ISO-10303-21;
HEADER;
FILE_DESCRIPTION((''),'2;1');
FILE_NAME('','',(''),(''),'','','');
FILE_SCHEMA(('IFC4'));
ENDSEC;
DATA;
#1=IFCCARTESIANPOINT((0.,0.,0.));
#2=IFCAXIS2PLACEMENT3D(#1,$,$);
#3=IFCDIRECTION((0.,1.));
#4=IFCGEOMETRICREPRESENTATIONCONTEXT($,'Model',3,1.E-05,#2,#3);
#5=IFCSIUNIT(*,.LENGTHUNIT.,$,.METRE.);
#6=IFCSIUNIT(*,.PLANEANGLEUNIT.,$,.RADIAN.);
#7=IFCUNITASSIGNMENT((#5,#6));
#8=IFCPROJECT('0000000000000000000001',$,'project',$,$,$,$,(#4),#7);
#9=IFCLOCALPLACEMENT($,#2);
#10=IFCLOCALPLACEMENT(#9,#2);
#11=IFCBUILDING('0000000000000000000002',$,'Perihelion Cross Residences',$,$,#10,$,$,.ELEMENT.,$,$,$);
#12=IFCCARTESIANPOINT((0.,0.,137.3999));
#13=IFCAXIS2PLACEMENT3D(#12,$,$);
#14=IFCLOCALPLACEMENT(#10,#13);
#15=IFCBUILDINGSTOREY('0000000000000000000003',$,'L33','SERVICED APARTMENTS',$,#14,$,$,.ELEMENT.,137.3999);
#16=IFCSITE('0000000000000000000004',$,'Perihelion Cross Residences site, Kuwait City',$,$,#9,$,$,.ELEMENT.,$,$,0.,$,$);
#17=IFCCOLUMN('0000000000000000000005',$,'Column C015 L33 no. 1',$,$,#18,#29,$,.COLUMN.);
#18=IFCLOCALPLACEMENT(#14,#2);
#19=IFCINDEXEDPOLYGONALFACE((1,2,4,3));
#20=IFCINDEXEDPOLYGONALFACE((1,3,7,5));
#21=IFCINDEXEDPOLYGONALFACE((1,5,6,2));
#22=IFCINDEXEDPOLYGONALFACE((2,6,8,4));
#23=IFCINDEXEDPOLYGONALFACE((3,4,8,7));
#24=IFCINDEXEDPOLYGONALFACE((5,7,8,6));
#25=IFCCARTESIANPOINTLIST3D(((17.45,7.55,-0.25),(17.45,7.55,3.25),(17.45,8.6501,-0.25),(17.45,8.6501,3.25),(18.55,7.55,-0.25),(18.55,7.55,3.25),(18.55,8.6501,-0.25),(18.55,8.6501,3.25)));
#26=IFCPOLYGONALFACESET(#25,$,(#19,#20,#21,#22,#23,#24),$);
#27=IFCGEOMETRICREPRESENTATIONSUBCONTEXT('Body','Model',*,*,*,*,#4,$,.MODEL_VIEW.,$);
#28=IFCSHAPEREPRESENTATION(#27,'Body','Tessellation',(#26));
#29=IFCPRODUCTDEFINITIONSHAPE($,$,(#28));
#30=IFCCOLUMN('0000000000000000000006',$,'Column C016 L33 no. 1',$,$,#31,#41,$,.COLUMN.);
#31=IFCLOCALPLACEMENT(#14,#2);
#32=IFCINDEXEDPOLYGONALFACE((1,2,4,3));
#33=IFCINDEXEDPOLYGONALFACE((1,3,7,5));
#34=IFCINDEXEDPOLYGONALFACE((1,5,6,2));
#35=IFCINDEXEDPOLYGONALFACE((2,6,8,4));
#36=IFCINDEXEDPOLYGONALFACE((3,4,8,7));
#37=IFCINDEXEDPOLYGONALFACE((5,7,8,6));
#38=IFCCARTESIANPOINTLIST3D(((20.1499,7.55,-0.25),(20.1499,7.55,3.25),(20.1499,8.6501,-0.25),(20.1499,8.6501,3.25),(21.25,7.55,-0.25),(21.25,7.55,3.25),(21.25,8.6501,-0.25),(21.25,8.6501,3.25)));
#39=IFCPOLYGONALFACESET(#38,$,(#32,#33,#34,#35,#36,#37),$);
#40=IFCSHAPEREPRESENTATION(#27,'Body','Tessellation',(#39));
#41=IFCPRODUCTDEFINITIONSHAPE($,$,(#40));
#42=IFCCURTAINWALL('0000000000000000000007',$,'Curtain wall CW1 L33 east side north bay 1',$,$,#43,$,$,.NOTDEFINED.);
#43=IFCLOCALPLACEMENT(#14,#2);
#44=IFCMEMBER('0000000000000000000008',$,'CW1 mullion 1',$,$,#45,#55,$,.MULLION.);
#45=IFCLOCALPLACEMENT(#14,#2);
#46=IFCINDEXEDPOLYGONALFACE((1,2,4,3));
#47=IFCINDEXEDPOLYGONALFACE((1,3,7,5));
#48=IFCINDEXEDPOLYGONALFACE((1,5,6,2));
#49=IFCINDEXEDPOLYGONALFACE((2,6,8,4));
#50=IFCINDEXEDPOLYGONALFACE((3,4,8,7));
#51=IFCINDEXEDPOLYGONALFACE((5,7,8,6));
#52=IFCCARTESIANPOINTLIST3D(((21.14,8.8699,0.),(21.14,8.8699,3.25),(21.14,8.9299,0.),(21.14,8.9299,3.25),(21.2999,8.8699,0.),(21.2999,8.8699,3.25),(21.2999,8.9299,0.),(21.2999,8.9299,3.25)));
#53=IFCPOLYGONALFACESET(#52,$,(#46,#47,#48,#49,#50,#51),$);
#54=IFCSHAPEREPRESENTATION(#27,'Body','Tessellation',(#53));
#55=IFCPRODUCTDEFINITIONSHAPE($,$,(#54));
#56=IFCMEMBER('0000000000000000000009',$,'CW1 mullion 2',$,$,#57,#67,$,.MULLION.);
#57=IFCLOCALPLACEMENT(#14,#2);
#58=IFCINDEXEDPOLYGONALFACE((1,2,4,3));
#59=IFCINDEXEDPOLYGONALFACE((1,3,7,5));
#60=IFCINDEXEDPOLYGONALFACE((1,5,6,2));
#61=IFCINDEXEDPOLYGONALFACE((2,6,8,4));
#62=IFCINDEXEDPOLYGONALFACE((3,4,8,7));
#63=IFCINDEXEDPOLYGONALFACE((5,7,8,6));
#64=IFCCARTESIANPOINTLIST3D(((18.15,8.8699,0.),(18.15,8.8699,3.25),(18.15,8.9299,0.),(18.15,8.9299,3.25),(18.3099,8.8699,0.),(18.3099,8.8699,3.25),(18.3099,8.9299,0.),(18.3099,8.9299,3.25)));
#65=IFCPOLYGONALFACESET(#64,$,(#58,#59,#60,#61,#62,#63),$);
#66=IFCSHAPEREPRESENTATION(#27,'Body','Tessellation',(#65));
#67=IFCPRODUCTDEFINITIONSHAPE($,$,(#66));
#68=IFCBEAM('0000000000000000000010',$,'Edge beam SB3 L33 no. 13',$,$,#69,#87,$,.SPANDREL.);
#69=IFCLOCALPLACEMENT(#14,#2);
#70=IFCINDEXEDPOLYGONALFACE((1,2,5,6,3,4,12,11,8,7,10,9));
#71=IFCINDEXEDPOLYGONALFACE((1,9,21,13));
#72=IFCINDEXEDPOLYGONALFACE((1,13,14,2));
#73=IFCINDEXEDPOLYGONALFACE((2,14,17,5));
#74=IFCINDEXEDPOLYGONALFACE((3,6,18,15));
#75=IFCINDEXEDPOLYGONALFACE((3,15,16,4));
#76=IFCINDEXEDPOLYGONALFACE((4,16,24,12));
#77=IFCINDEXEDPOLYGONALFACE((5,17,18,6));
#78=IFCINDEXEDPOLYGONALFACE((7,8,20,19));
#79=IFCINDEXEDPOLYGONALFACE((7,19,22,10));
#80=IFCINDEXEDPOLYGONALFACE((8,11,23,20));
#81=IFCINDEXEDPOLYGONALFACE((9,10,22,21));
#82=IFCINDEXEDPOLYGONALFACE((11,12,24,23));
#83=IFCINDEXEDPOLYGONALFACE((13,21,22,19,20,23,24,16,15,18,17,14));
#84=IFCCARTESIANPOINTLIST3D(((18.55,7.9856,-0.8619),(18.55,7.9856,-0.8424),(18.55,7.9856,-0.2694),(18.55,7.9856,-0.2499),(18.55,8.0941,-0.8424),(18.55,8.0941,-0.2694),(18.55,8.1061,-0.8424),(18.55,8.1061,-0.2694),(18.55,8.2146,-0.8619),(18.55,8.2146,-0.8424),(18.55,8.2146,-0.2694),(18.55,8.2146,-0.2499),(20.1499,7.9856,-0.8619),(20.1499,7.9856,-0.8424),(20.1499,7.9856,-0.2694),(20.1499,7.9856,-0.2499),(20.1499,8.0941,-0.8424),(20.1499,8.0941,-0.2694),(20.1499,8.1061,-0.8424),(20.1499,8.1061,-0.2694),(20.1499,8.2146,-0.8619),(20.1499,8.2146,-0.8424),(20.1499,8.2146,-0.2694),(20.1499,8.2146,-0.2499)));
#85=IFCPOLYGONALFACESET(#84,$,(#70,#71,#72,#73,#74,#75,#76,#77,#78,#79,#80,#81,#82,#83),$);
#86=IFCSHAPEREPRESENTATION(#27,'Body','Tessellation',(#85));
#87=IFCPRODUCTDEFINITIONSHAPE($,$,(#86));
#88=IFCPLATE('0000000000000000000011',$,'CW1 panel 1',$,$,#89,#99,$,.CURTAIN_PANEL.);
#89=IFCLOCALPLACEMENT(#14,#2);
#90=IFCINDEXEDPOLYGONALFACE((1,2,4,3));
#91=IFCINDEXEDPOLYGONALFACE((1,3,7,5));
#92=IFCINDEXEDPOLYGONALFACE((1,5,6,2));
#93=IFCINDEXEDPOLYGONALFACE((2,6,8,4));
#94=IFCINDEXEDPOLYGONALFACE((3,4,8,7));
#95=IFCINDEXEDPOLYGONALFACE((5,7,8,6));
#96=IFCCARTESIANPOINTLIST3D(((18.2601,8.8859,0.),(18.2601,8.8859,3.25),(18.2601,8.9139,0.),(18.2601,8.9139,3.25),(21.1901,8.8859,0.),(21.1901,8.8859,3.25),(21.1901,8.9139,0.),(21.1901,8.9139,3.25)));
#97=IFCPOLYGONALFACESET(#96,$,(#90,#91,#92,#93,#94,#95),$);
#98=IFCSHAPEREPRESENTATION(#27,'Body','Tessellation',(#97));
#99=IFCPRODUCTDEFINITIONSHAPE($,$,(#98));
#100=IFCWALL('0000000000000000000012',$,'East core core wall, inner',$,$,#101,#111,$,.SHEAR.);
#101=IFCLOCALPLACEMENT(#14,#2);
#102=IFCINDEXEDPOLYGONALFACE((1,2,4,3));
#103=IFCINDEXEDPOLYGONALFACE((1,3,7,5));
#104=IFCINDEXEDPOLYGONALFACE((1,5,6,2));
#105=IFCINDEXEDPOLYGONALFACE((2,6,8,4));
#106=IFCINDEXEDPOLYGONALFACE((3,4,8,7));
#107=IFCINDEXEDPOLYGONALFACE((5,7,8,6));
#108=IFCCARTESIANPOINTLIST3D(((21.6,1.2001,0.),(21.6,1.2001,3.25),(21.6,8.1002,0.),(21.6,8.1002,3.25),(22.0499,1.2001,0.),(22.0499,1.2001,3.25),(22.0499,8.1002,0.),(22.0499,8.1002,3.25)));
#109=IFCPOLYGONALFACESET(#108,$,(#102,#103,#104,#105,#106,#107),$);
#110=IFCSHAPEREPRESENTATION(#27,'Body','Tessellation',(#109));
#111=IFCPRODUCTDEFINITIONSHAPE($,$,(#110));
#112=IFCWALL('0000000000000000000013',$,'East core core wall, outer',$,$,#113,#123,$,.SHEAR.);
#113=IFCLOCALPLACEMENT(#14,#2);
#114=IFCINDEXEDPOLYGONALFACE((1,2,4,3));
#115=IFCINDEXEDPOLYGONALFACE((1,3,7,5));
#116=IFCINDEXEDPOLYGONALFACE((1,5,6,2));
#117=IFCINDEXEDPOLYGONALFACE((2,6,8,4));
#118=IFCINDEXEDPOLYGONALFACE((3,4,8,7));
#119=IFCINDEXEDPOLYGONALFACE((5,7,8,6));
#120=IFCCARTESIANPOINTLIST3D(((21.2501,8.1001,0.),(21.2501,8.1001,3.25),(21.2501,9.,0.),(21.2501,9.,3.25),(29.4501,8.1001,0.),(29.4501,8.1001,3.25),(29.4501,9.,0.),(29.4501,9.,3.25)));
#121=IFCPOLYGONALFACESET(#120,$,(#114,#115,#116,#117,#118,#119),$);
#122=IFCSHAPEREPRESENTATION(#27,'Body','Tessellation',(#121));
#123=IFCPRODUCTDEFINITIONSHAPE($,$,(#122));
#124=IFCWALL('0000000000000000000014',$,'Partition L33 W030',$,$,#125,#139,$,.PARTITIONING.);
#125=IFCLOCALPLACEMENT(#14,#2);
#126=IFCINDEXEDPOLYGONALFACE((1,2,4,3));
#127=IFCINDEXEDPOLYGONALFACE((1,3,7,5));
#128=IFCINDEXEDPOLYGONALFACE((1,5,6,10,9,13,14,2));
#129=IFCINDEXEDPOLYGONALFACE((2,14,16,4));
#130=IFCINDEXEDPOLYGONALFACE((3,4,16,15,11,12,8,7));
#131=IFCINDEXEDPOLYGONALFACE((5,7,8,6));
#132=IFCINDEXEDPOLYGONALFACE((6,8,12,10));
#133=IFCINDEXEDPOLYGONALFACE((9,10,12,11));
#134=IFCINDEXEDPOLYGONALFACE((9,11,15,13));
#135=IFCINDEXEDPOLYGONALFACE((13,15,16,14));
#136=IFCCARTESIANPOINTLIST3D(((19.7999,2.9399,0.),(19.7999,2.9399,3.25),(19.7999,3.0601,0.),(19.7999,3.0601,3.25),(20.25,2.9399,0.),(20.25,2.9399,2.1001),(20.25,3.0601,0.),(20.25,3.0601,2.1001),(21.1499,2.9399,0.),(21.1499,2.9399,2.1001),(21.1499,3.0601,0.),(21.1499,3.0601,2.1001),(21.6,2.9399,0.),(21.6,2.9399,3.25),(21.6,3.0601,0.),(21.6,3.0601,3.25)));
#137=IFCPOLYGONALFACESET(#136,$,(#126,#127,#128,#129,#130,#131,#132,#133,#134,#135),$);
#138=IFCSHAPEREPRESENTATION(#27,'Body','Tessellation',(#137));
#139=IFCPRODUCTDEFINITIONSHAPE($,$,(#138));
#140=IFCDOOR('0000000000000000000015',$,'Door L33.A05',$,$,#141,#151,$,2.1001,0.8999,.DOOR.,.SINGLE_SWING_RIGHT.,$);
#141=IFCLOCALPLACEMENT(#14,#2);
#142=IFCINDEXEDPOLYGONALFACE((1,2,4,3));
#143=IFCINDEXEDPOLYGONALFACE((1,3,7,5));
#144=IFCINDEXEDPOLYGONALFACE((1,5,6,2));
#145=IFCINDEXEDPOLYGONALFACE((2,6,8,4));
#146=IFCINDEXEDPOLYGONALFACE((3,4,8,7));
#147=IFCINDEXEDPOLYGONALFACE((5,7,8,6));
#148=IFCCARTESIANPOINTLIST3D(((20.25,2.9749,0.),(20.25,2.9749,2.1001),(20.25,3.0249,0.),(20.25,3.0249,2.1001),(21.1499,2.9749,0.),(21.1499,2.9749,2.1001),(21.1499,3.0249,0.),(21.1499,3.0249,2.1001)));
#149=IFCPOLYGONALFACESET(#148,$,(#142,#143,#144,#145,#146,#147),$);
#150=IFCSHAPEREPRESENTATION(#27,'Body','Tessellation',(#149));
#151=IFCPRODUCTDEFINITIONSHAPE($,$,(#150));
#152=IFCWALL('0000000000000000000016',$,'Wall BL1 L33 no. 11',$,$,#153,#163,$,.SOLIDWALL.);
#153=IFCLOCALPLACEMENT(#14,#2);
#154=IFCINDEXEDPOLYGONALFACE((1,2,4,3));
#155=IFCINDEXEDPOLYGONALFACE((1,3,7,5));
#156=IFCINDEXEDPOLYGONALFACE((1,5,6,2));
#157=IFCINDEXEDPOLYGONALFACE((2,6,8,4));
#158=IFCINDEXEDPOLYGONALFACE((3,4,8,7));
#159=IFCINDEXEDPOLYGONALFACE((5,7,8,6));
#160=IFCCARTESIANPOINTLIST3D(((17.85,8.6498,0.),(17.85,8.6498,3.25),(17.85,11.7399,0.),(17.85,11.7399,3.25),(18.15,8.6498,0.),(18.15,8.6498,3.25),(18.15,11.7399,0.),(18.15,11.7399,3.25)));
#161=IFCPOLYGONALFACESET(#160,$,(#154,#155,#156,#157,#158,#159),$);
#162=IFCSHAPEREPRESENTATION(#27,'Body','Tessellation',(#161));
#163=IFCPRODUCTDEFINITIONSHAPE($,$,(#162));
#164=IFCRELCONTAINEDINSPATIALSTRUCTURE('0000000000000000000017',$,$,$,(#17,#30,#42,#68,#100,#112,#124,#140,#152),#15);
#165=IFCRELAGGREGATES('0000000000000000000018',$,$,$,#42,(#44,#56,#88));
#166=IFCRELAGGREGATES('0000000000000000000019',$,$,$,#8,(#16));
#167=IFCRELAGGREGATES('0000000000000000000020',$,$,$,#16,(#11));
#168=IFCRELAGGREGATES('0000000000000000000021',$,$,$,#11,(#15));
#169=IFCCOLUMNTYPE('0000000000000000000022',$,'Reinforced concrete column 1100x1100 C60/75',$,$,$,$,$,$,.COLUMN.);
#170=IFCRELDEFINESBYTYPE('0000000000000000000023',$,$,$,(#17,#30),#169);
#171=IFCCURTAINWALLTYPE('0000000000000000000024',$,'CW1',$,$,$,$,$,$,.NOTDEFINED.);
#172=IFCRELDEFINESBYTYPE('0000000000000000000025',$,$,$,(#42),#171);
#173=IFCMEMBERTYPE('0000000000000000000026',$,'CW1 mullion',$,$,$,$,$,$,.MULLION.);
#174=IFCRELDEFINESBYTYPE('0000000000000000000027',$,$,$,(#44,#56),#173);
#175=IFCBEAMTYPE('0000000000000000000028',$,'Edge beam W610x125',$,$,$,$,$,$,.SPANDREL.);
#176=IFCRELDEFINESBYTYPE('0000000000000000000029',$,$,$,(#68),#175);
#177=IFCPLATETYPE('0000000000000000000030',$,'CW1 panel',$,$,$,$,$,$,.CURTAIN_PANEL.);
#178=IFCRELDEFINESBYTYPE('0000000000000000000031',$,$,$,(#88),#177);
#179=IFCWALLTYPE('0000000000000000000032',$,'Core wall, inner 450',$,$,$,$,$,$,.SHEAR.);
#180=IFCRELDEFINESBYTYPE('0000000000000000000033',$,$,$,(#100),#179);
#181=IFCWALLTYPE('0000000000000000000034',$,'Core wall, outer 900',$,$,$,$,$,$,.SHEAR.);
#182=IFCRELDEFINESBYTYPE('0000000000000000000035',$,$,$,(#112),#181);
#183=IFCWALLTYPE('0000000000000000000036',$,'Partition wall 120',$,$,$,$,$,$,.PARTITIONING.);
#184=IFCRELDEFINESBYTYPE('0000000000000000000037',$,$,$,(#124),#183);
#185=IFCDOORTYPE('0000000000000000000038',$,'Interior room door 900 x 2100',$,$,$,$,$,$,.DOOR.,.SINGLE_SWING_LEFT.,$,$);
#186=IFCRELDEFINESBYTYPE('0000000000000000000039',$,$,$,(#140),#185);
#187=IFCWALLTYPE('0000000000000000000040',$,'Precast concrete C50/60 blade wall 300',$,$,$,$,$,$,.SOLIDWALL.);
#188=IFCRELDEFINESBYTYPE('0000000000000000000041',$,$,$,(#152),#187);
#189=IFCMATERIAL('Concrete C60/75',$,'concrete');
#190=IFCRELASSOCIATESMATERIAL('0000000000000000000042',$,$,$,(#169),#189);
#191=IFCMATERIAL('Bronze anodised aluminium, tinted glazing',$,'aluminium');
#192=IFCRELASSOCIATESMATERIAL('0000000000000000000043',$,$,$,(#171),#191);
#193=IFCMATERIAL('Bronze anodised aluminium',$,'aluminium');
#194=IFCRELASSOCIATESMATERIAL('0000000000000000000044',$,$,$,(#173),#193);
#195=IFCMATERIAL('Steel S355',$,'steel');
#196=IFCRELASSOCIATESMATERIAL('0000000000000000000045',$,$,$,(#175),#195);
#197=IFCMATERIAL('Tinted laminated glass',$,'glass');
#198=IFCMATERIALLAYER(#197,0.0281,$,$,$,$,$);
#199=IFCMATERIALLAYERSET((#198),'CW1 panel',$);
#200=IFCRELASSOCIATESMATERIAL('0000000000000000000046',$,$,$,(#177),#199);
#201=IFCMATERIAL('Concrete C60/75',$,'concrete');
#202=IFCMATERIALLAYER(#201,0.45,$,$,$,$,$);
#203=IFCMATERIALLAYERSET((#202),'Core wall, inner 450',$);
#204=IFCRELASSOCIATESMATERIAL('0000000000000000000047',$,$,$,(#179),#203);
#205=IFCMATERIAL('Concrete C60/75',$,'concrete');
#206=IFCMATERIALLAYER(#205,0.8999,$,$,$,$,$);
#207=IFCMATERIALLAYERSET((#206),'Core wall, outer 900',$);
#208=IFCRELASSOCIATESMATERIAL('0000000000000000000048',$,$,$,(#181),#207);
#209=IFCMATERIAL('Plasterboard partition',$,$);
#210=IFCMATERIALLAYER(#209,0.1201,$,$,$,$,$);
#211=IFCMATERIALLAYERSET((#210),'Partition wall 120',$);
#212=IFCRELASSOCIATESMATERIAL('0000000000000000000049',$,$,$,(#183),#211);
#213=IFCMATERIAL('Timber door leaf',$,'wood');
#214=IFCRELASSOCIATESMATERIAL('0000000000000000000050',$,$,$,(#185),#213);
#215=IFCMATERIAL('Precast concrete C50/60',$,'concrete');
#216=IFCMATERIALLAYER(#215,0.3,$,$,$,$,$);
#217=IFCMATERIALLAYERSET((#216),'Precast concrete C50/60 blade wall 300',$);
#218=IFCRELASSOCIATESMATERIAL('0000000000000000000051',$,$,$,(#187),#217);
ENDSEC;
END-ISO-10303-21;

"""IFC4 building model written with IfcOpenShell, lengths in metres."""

from ifc_helpers import new_model, si_unit, direction, frame, frame_2d, origin, origin_2d, place, context, subcontext, project, spatial, rectangle, i_section, extrude, material, layer, layer_set, material_profile, profile_set, type_object, element, fill, aggregate, save


model = new_model("IFC4")

# Units and contexts
model_context = context("Model", 3, precision=1e-05, world=origin(), true_north=direction((0.0, 1.0)))
body_context = subcontext(model_context, "Body", "Model", "MODEL_VIEW")
ifc_project = project(units=[si_unit("LENGTHUNIT", "METRE"), si_unit("PLANEANGLEUNIT", "RADIAN")], contexts=[model_context])

# Site, building, storey
site_placement = place(None, origin())
site = spatial("IfcSite", under=ifc_project, at=site_placement, Name="Perihelion Cross Residences site, Kuwait City", CompositionType="ELEMENT", RefElevation=0.0)
building_placement = place(site_placement, origin())
building = spatial("IfcBuilding", under=site, at=building_placement, Name="Perihelion Cross Residences", CompositionType="ELEMENT")
storey_placement = place(building_placement, frame((0.0, 0.0, 137.3999)))
storey = spatial("IfcBuildingStorey", under=building, at=storey_placement, Name="L33", Description="SERVICED APARTMENTS", CompositionType="ELEMENT", Elevation=137.3999)

# Columns
ifc_material_1 = material(Name="Concrete C60/75", Category="concrete")
ifc_material_profile_1 = material_profile(ifc_material_1, rectangle(XDim=1.1001, YDim=1.1001, at=origin_2d()), Name="RC 1100x1100")
ifc_profile_set_1 = profile_set([ifc_material_profile_1], Name="Concrete C60/75")
column_type = type_object("IfcColumnType", Name="Reinforced concrete column 1100x1100 C60/75", PredefinedType="COLUMN", material=ifc_profile_set_1)
for number, where, z_axis, x_axis, name in (
    (1, (18.0, 8.1001, -0.25), (0.0, 0.0, 1.0), (1.0, 0.0, 0.0), "Column C015 L33 no. 1"),
    (2, (20.7, 8.1001, -0.25), (0.0, 0.0, 1.0), (1.0, 0.0, 0.0), "Column C016 L33 no. 1"),
):
    element("IfcColumn", number, at=place(storey_placement, frame(where, z_axis=z_axis, x_axis=x_axis)), inside=storey, type_object=column_type, Name=name, PredefinedType="COLUMN", context=body_context, shape_type="SweptSolid", body=[
        extrude(rectangle(XDim=1.1001, YDim=1.1001, at=origin_2d()), origin(), (0.0, 0.0, 1.0), 3.5),
    ])

# Curtain wall, members
ifc_material_2 = material(Name="Bronze anodised aluminium, tinted glazing", Category="aluminium")
curtain_wall_type = type_object("IfcCurtainWallType", Name="CW1", PredefinedType="NOTDEFINED", material=ifc_material_2)
curtain_wall_placement = place(storey_placement, origin())
curtain_wall = element("IfcCurtainWall", 3, at=curtain_wall_placement, inside=storey, type_object=curtain_wall_type, Name="Curtain wall CW1 L33 east side north bay 1", PredefinedType="NOTDEFINED")
ifc_material_3 = material(Name="Bronze anodised aluminium", Category="aluminium")
ifc_material_profile_2 = material_profile(ifc_material_3, rectangle(XDim=0.0601, YDim=0.1599, at=origin_2d()), Name="CW1 mullion")
ifc_profile_set_2 = profile_set([ifc_material_profile_2], Name="Bronze anodised aluminium")
member_type = type_object("IfcMemberType", Name="CW1 mullion", PredefinedType="MULLION", material=ifc_profile_set_2)
member_1_placement = place(storey_placement, frame((21.22, 8.8999, 0.0), z_axis=(0.0, 0.0, 1.0), x_axis=(0.0, -1.0, 0.0)))
member_1 = element("IfcMember", 4, at=member_1_placement, type_object=member_type, Name="CW1 mullion 1", PredefinedType="MULLION", context=body_context, shape_type="SweptSolid", body=[
    extrude(rectangle(XDim=0.0601, YDim=0.1599, at=origin_2d()), origin(), (0.0, 0.0, 1.0), 3.25),
])
member_2_placement = place(storey_placement, frame((18.23, 8.8999, 0.0), z_axis=(0.0, 0.0, 1.0), x_axis=(0.0, -1.0, 0.0)))
member_2 = element("IfcMember", 5, at=member_2_placement, type_object=member_type, Name="CW1 mullion 2", PredefinedType="MULLION", context=body_context, shape_type="SweptSolid", body=[
    extrude(rectangle(XDim=0.0601, YDim=0.1599, at=origin_2d()), origin(), (0.0, 0.0, 1.0), 3.25),
])

# Beam
ifc_material_4 = material(Name="Steel S355", Category="steel")
ifc_material_profile_3 = material_profile(ifc_material_4, i_section(OverallWidth=0.229, OverallDepth=0.6121, WebThickness=0.012, FlangeThickness=0.0195, at=origin_2d()), Name="W610x125")
ifc_profile_set_3 = profile_set([ifc_material_profile_3], Name="Steel S355")
beam_type = type_object("IfcBeamType", Name="Edge beam W610x125", PredefinedType="SPANDREL", material=ifc_profile_set_3)
beam_placement = place(storey_placement, frame((20.1499, 8.1001, -0.5559), z_axis=(-1.0, 0.0, 0.0), x_axis=(0.0, -1.0, 0.0)))
element("IfcBeam", 6, at=beam_placement, inside=storey, type_object=beam_type, Name="Edge beam SB3 L33 no. 13", PredefinedType="SPANDREL", context=body_context, shape_type="SweptSolid", body=[
    extrude(i_section(OverallWidth=0.229, OverallDepth=0.6121, WebThickness=0.012, FlangeThickness=0.0195, at=origin_2d()), origin(), (0.0, 0.0, 1.0), 1.5999),
])

# Plate
ifc_material_5 = material(Name="Tinted laminated glass", Category="glass")
ifc_layer_1 = layer(ifc_material_5, 0.0281)
ifc_layer_set_1 = layer_set([ifc_layer_1], Name="CW1 panel")
plate_type = type_object("IfcPlateType", Name="CW1 panel", PredefinedType="CURTAIN_PANEL", material=ifc_layer_set_1)
plate_placement = place(storey_placement, frame((19.7251, 8.8999, 0.0), z_axis=(0.0, 0.0, 1.0), x_axis=(-1.0, 0.0, 0.0)))
plate = element("IfcPlate", 7, at=plate_placement, type_object=plate_type, Name="CW1 panel 1", PredefinedType="CURTAIN_PANEL", context=body_context, shape_type="SweptSolid", body=[
    extrude(rectangle(XDim=2.9299, YDim=0.0281, at=origin_2d()), origin(), (0.0, 0.0, 1.0), 3.25),
])
aggregate(curtain_wall, [member_1, member_2, plate])

# Walls
ifc_material_6 = material(Name="Concrete C60/75", Category="concrete")
ifc_layer_2 = layer(ifc_material_6, 0.45)
ifc_layer_set_2 = layer_set([ifc_layer_2], Name="Core wall, inner 450")
wall_type_1 = type_object("IfcWallType", Name="Core wall, inner 450", PredefinedType="SHEAR", material=ifc_layer_set_2)
wall_1_placement = place(storey_placement, frame((21.825, 1.2, 0.0), z_axis=(0.0, 0.0, 1.0), x_axis=(0.0, 1.0, 0.0)))
element("IfcWall", 8, at=wall_1_placement, inside=storey, type_object=wall_type_1, Name="East core core wall, inner", PredefinedType="SHEAR", context=body_context, shape_type="SweptSolid", body=[
    extrude(rectangle(XDim=6.9001, YDim=0.45, at=frame_2d((3.4502, 0.0))), origin(), (0.0, 0.0, 1.0), 3.25),
])
ifc_material_7 = material(Name="Concrete C60/75", Category="concrete")
ifc_layer_3 = layer(ifc_material_7, 0.8999)
ifc_layer_set_3 = layer_set([ifc_layer_3], Name="Core wall, outer 900")
wall_type_2 = type_object("IfcWallType", Name="Core wall, outer 900", PredefinedType="SHEAR", material=ifc_layer_set_3)
wall_2_placement = place(storey_placement, frame((21.25, 8.55, 0.0), z_axis=(0.0, 0.0, 1.0), x_axis=(1.0, 0.0, 0.0)))
element("IfcWall", 9, at=wall_2_placement, inside=storey, type_object=wall_type_2, Name="East core core wall, outer", PredefinedType="SHEAR", context=body_context, shape_type="SweptSolid", body=[
    extrude(rectangle(XDim=8.2, YDim=0.8999, at=frame_2d((4.1001, 0.0))), origin(), (0.0, 0.0, 1.0), 3.25),
])

# Wall, opening, door
ifc_material_8 = material(Name="Plasterboard partition")
ifc_layer_4 = layer(ifc_material_8, 0.1201)
ifc_layer_set_4 = layer_set([ifc_layer_4], Name="Partition wall 120")
wall_type_3 = type_object("IfcWallType", Name="Partition wall 120", PredefinedType="PARTITIONING", material=ifc_layer_set_4)
wall_3_placement = place(storey_placement, frame((19.8, 3.0, 0.0), z_axis=(0.0, 0.0, 1.0), x_axis=(1.0, 0.0, 0.0)))
wall_3 = element("IfcWall", 10, at=wall_3_placement, inside=storey, type_object=wall_type_3, Name="Partition L33 W030", PredefinedType="PARTITIONING", context=body_context, shape_type="SweptSolid", body=[
    extrude(rectangle(XDim=1.8, YDim=0.1201, at=frame_2d((0.8999, 0.0))), origin(), (0.0, 0.0, 1.0), 3.25),
])
opening_1_placement = place(wall_3_placement, frame((0.45, 0.0, 0.0)))
opening_1 = element("IfcOpeningElement", 11, at=opening_1_placement, cuts=wall_3, PredefinedType="OPENING", context=body_context, shape_type="SweptSolid", body=[
    extrude(rectangle(XDim=0.8999, YDim=2.1001, at=frame_2d((0.45, 1.05))), frame((0.0, 0.0701, 0.0), z_axis=(0.0, -1.0, 0.0), x_axis=(1.0, 0.0, 0.0)), (0.0, 0.0, 1.0), 0.1401),
])
ifc_material_9 = material(Name="Timber door leaf", Category="wood")
door_type_1 = type_object("IfcDoorType", Name="Interior room door 900 x 2100", OperationType="SINGLE_SWING_LEFT", PredefinedType="DOOR", material=ifc_material_9)
door_1_placement = place(opening_1_placement, origin())
door_1 = element("IfcDoor", 12, at=door_1_placement, inside=storey, type_object=door_type_1, Name="Door L33.A05", OperationType="SINGLE_SWING_RIGHT", OverallHeight=2.1001, OverallWidth=0.8999, PredefinedType="DOOR", context=body_context, shape_type="SweptSolid", body=[
    extrude(rectangle(XDim=0.8999, YDim=2.1001, at=frame_2d((0.45, 1.05))), frame((0.0, 0.0249, 0.0), z_axis=(0.0, -1.0, 0.0), x_axis=(1.0, 0.0, 0.0)), (0.0, 0.0, 1.0), 0.05),
])
fill(opening_1, door_1)

# Wall
ifc_material_10 = material(Name="Precast concrete C50/60", Category="concrete")
ifc_layer_5 = layer(ifc_material_10, 0.3)
ifc_layer_set_5 = layer_set([ifc_layer_5], Name="Precast concrete C50/60 blade wall 300")
wall_type_4 = type_object("IfcWallType", Name="Precast concrete C50/60 blade wall 300", PredefinedType="SOLIDWALL", material=ifc_layer_set_5)
wall_4_placement = place(storey_placement, frame((18.0, 8.6499, 0.0), z_axis=(0.0, 0.0, 1.0), x_axis=(0.0, 1.0, 0.0)))
element("IfcWall", 13, at=wall_4_placement, inside=storey, type_object=wall_type_4, Name="Wall BL1 L33 no. 11", PredefinedType="SOLIDWALL", context=body_context, shape_type="SweptSolid", body=[
    extrude(rectangle(XDim=3.0901, YDim=0.3, at=frame_2d((1.5449, 0.0))), origin(), (0.0, 0.0, 1.0), 3.25),
])

save(model, "model.ifc")
